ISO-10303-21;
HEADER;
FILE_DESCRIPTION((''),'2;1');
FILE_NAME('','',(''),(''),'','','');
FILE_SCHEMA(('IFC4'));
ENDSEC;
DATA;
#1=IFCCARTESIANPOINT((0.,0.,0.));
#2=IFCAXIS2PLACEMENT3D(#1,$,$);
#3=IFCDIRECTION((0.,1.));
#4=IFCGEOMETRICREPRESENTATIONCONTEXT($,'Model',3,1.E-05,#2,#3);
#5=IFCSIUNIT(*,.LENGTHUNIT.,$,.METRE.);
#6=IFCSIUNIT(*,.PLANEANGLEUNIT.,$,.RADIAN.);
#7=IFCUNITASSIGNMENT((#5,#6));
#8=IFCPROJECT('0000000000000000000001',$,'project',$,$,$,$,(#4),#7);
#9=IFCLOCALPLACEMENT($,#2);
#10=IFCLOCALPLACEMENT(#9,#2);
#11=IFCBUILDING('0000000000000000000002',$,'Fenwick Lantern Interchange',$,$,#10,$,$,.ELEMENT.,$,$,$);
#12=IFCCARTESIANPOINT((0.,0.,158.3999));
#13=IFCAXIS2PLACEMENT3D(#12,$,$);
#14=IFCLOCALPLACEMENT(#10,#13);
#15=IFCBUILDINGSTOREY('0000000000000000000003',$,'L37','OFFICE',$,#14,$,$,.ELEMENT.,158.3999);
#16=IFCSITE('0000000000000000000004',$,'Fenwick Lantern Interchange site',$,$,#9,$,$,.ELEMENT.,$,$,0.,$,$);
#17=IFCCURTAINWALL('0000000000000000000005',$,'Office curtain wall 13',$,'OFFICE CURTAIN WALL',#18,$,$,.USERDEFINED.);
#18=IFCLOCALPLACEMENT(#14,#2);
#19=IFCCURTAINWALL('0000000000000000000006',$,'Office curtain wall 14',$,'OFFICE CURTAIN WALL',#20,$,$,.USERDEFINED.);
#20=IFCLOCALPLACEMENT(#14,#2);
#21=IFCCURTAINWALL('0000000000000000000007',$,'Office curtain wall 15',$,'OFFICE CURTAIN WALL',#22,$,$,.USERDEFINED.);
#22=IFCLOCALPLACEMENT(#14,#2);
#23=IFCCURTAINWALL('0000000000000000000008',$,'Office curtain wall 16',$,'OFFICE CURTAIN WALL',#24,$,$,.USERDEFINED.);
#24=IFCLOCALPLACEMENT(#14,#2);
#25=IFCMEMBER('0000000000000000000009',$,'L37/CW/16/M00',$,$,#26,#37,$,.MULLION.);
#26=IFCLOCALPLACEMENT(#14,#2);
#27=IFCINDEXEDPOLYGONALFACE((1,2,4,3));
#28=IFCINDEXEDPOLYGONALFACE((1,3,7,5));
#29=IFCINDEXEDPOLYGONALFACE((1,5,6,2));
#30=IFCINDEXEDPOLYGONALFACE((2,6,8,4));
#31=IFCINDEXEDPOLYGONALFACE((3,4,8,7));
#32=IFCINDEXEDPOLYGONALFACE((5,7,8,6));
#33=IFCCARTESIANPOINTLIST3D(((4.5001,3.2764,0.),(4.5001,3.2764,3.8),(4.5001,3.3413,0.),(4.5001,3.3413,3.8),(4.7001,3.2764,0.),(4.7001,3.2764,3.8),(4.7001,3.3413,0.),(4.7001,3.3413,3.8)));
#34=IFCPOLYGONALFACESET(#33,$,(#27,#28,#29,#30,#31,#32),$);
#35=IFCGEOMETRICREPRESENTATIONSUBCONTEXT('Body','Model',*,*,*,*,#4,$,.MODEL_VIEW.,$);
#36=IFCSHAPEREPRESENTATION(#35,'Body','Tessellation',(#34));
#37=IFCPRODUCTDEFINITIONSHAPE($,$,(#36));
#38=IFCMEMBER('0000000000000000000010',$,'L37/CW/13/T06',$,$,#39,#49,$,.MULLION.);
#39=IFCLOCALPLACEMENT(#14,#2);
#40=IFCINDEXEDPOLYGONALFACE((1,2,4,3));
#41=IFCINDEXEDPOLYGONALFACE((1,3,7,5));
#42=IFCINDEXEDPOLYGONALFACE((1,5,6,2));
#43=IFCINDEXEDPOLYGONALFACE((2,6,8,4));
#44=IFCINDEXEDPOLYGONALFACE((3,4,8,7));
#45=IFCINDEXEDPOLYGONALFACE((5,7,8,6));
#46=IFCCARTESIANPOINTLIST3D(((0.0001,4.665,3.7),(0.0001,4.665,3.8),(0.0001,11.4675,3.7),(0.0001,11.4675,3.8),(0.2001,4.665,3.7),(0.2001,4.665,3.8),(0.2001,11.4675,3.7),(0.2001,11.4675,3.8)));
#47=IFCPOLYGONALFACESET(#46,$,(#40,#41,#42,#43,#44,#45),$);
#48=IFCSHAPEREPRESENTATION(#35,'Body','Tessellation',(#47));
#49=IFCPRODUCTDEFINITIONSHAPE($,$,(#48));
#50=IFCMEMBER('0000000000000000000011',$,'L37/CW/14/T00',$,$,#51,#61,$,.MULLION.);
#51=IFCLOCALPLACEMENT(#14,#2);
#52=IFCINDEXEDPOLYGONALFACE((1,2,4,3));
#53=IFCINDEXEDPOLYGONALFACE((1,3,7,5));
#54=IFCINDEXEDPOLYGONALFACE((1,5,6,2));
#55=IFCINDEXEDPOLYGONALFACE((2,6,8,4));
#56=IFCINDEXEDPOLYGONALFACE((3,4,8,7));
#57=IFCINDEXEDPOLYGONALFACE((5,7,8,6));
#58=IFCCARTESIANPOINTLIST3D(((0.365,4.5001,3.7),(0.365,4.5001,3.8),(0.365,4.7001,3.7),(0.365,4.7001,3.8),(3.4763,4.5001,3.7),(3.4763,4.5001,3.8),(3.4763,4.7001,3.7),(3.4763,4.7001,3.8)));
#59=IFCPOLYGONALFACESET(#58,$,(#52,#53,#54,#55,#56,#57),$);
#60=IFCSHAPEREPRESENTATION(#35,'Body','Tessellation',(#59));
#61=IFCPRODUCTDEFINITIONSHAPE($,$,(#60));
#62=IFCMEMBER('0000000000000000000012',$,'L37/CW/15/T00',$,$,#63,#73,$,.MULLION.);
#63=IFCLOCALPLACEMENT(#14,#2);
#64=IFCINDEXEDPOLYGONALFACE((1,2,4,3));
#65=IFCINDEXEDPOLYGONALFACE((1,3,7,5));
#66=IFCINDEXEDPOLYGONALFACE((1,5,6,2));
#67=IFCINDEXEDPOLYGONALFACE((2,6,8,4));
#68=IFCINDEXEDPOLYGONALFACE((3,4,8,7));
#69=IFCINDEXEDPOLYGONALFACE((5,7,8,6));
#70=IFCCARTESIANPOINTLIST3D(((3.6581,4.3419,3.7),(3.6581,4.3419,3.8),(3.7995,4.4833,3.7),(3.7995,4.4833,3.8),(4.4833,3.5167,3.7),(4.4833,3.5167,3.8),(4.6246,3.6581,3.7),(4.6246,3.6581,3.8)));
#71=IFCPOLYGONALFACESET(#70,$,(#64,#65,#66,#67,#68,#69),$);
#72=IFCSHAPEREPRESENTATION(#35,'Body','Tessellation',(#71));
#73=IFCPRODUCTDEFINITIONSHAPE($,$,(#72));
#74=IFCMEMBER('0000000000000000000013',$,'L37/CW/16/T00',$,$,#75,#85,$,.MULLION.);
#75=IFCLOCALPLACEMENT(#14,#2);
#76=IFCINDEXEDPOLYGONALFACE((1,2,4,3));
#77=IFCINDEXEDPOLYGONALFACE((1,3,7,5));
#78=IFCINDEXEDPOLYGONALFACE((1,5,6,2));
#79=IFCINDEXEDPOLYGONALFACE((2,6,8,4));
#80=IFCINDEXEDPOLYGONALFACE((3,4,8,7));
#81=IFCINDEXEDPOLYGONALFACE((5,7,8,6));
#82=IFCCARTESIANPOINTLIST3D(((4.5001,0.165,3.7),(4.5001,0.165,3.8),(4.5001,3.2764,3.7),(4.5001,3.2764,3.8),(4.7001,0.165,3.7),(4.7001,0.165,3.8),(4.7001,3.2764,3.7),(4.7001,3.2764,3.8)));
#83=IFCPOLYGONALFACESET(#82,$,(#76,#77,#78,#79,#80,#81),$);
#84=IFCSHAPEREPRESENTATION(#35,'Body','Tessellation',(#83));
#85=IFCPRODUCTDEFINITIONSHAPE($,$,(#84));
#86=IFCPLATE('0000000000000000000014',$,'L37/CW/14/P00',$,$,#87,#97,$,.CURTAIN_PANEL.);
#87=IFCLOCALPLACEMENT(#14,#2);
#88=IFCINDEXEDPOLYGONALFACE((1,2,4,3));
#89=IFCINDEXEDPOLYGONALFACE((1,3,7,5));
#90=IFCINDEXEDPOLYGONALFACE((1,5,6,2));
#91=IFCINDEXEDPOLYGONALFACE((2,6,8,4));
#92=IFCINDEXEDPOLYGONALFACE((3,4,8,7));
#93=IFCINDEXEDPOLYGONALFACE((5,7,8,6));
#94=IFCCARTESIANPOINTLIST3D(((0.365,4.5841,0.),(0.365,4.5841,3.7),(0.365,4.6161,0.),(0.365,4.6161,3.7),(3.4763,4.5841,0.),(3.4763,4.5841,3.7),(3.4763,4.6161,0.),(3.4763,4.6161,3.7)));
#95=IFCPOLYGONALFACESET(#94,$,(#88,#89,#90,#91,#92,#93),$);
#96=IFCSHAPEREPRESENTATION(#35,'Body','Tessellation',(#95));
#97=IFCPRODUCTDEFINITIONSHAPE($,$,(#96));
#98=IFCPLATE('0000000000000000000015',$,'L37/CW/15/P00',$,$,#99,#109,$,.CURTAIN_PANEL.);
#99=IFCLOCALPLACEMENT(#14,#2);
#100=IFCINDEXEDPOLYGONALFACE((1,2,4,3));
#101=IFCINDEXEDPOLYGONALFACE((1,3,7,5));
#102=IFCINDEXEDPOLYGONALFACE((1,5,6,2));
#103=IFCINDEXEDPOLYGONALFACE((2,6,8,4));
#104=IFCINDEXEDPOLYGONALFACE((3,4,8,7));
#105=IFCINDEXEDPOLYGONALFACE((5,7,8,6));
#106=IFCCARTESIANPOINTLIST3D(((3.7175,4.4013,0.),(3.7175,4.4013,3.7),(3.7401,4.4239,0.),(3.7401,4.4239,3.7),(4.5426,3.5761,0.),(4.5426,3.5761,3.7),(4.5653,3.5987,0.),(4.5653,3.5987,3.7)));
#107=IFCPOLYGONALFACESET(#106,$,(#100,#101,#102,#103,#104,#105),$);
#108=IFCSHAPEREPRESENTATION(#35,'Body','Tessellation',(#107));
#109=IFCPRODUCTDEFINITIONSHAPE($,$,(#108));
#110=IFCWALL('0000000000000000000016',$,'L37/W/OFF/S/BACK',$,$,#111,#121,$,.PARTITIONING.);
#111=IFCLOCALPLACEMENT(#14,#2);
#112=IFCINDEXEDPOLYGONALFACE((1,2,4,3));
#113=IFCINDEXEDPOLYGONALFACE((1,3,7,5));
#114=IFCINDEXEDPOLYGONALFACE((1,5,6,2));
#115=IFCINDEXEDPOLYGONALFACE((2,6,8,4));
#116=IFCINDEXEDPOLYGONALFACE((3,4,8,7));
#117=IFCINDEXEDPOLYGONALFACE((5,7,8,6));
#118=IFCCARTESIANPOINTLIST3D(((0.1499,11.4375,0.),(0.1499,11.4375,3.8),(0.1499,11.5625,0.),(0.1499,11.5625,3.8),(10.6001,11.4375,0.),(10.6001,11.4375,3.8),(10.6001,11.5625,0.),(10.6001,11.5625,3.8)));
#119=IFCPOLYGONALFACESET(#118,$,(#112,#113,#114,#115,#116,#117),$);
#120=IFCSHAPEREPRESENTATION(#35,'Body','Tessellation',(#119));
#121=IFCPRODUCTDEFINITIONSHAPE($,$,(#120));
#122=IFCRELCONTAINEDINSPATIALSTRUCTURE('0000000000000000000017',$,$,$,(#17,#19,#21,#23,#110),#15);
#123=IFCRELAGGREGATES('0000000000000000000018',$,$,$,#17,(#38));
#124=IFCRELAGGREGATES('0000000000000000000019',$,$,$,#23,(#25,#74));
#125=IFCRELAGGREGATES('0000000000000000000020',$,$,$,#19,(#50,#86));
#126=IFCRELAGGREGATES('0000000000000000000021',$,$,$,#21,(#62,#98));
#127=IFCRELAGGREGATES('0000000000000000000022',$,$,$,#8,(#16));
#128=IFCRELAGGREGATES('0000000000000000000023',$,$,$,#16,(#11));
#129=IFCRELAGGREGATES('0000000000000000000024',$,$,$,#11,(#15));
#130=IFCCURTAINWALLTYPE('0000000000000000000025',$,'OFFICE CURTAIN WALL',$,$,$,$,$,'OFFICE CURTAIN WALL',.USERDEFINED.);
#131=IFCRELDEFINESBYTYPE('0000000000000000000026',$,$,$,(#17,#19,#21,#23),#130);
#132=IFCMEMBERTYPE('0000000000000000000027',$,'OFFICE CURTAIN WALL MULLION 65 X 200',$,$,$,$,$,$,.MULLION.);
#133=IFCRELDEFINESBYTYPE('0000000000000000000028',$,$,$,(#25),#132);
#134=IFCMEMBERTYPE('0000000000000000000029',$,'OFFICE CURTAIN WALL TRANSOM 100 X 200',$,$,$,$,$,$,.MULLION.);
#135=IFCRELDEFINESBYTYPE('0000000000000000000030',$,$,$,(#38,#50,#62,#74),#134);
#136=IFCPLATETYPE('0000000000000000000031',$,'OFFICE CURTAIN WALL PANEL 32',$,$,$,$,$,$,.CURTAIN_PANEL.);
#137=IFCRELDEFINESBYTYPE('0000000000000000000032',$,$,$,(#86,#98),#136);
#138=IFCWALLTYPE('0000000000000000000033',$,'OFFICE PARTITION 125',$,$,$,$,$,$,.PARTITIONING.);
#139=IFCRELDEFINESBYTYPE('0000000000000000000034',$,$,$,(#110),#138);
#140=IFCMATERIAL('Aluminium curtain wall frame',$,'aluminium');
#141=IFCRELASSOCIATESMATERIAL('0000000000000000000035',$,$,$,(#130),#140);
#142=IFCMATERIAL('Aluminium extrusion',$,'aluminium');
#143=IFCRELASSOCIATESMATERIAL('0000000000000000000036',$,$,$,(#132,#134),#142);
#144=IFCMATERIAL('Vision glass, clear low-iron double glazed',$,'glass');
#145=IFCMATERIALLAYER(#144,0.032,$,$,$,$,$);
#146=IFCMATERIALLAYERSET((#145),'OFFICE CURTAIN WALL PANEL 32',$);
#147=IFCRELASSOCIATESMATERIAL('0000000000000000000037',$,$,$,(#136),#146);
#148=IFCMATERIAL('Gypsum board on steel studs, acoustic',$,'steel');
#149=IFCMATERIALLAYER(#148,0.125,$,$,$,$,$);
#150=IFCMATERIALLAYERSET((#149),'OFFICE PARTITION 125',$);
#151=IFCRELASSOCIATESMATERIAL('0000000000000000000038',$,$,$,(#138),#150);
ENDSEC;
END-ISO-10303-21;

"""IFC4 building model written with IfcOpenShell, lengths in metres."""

from ifc_helpers import new_model, si_unit, direction, frame, frame_2d, origin, origin_2d, place, context, subcontext, project, spatial, rectangle, extrude, material, layer, layer_set, material_profile, profile_set, type_object, element, aggregate, save


model = new_model("IFC4")

# Units and contexts
model_context = context("Model", 3, precision=1e-05, world=origin(), true_north=direction((0.0, 1.0)))
body_context = subcontext(model_context, "Body", "Model", "MODEL_VIEW")
ifc_project = project(units=[si_unit("LENGTHUNIT", "METRE"), si_unit("PLANEANGLEUNIT", "RADIAN")], contexts=[model_context])

# Site, building, storey
site_placement = place(None, origin())
site = spatial("IfcSite", under=ifc_project, at=site_placement, Name="Fenwick Lantern Interchange site", CompositionType="ELEMENT", RefElevation=0.0)
building_placement = place(site_placement, origin())
building = spatial("IfcBuilding", under=site, at=building_placement, Name="Fenwick Lantern Interchange", CompositionType="ELEMENT")
storey_placement = place(building_placement, frame((0.0, 0.0, 158.3999)))
storey = spatial("IfcBuildingStorey", under=building, at=storey_placement, Name="L37", Description="OFFICE", CompositionType="ELEMENT", Elevation=158.3999)

# Curtain walls
ifc_material_1 = material(Name="Aluminium curtain wall frame", Category="aluminium")
curtain_wall_type = type_object("IfcCurtainWallType", Name="OFFICE CURTAIN WALL", ElementType="OFFICE CURTAIN WALL", PredefinedType="USERDEFINED", material=ifc_material_1)
curtain_wall_1_placement = place(storey_placement, origin())
curtain_wall_1 = element("IfcCurtainWall", 1, at=curtain_wall_1_placement, inside=storey, type_object=curtain_wall_type, Name="Office curtain wall 13", ObjectType="OFFICE CURTAIN WALL", PredefinedType="USERDEFINED")
ifc_material_2 = material(Name="Aluminium extrusion", Category="aluminium")
ifc_material_profile_1 = material_profile(ifc_material_2, rectangle(XDim=0.2, YDim=0.0649, at=origin_2d()), Name="OFFICE CURTAIN WALL MULLION 65 X 200")
ifc_profile_set_1 = profile_set([ifc_material_profile_1], Name="Aluminium extrusion")
member_type_1 = type_object("IfcMemberType", Name="OFFICE CURTAIN WALL MULLION 65 X 200", PredefinedType="MULLION", material=ifc_profile_set_1)
curtain_wall_2_placement = place(storey_placement, origin())
curtain_wall_2 = element("IfcCurtainWall", 2, at=curtain_wall_2_placement, inside=storey, type_object=curtain_wall_type, Name="Office curtain wall 14", ObjectType="OFFICE CURTAIN WALL", PredefinedType="USERDEFINED")
curtain_wall_3_placement = place(storey_placement, origin())
curtain_wall_3 = element("IfcCurtainWall", 3, at=curtain_wall_3_placement, inside=storey, type_object=curtain_wall_type, Name="Office curtain wall 15", ObjectType="OFFICE CURTAIN WALL", PredefinedType="USERDEFINED")

# Curtain wall, member
curtain_wall_4_placement = place(storey_placement, origin())
curtain_wall_4 = element("IfcCurtainWall", 4, at=curtain_wall_4_placement, inside=storey, type_object=curtain_wall_type, Name="Office curtain wall 16", ObjectType="OFFICE CURTAIN WALL", PredefinedType="USERDEFINED")
member_1_placement = place(storey_placement, frame((4.6001, 3.3088, 0.0), z_axis=(0.0, 0.0, 1.0), x_axis=(1.0, 0.0, 0.0)))
member_1 = element("IfcMember", 5, at=member_1_placement, type_object=member_type_1, Name="L37/CW/16/M00", PredefinedType="MULLION", context=body_context, shape_type="SweptSolid", body=[
    extrude(rectangle(XDim=0.2, YDim=0.0649, at=origin_2d()), origin(), (0.0, 0.0, 1.0), 3.8),
])

# Members
ifc_material_profile_2 = material_profile(ifc_material_2, rectangle(XDim=0.2, YDim=0.1001, at=origin_2d()), Name="OFFICE CURTAIN WALL TRANSOM 100 X 200")
ifc_profile_set_2 = profile_set([ifc_material_profile_2], Name="Aluminium extrusion")
member_type_2 = type_object("IfcMemberType", Name="OFFICE CURTAIN WALL TRANSOM 100 X 200", PredefinedType="MULLION", material=ifc_profile_set_2)
member_2_placement = place(storey_placement, frame((0.1001, 11.4675, 3.75), z_axis=(0.0, -1.0, 0.0), x_axis=(1.0, 0.0, 0.0)))
member_2 = element("IfcMember", 6, at=member_2_placement, type_object=member_type_2, Name="L37/CW/13/T06", PredefinedType="MULLION", context=body_context, shape_type="SweptSolid", body=[
    extrude(rectangle(XDim=0.2, YDim=0.1001, at=origin_2d()), origin(), (0.0, 0.0, 1.0), 6.8025),
])
aggregate(curtain_wall_1, [member_2])
member_3_placement = place(storey_placement, frame((0.365, 4.6001, 3.75), z_axis=(1.0, 0.0, 0.0), x_axis=(0.0, 1.0, 0.0)))
member_3 = element("IfcMember", 7, at=member_3_placement, type_object=member_type_2, Name="L37/CW/14/T00", PredefinedType="MULLION", context=body_context, shape_type="SweptSolid", body=[
    extrude(rectangle(XDim=0.2, YDim=0.1001, at=origin_2d()), origin(), (0.0, 0.0, 1.0), 3.1113),
])
member_4_placement = place(storey_placement, frame((3.7288, 4.4126, 3.75), z_axis=(0.707107, -0.707107, 0.0), x_axis=(0.707107, 0.707107, 0.0)))
member_4 = element("IfcMember", 8, at=member_4_placement, type_object=member_type_2, Name="L37/CW/15/T00", PredefinedType="MULLION", context=body_context, shape_type="SweptSolid", body=[
    extrude(rectangle(XDim=0.2, YDim=0.1001, at=origin_2d()), origin(), (0.0, 0.0, 1.0), 1.167),
])
member_5_placement = place(storey_placement, frame((4.6001, 3.2764, 3.75), z_axis=(0.0, -1.0, 0.0), x_axis=(1.0, 0.0, 0.0)))
member_5 = element("IfcMember", 9, at=member_5_placement, type_object=member_type_2, Name="L37/CW/16/T00", PredefinedType="MULLION", context=body_context, shape_type="SweptSolid", body=[
    extrude(rectangle(XDim=0.2, YDim=0.1001, at=origin_2d()), origin(), (0.0, 0.0, 1.0), 3.1113),
])
aggregate(curtain_wall_4, [member_1, member_5])

# Plates
ifc_material_3 = material(Name="Vision glass, clear low-iron double glazed", Category="glass")
ifc_layer_1 = layer(ifc_material_3, 0.032)
ifc_layer_set_1 = layer_set([ifc_layer_1], Name="OFFICE CURTAIN WALL PANEL 32")
plate_type = type_object("IfcPlateType", Name="OFFICE CURTAIN WALL PANEL 32", PredefinedType="CURTAIN_PANEL", material=ifc_layer_set_1)
plate_1_placement = place(storey_placement, frame((1.9207, 4.6001, 0.0), z_axis=(0.0, 0.0, 1.0), x_axis=(1.0, 0.0, 0.0)))
plate_1 = element("IfcPlate", 10, at=plate_1_placement, type_object=plate_type, Name="L37/CW/14/P00", PredefinedType="CURTAIN_PANEL", context=body_context, shape_type="SweptSolid", body=[
    extrude(rectangle(XDim=3.1113, YDim=0.032, at=origin_2d()), origin(), (0.0, 0.0, 1.0), 3.7),
])
aggregate(curtain_wall_2, [member_3, plate_1])
plate_2_placement = place(storey_placement, frame((4.1414, 4.0, 0.0), z_axis=(0.0, 0.0, 1.0), x_axis=(0.707107, -0.707107, 0.0)))
plate_2 = element("IfcPlate", 11, at=plate_2_placement, type_object=plate_type, Name="L37/CW/15/P00", PredefinedType="CURTAIN_PANEL", context=body_context, shape_type="SweptSolid", body=[
    extrude(rectangle(XDim=1.167, YDim=0.032, at=origin_2d()), origin(), (0.0, 0.0, 1.0), 3.7),
])
aggregate(curtain_wall_3, [member_4, plate_2])

# Wall
ifc_material_4 = material(Name="Gypsum board on steel studs, acoustic", Category="steel")
ifc_layer_2 = layer(ifc_material_4, 0.125)
ifc_layer_set_2 = layer_set([ifc_layer_2], Name="OFFICE PARTITION 125")
wall_type = type_object("IfcWallType", Name="OFFICE PARTITION 125", PredefinedType="PARTITIONING", material=ifc_layer_set_2)
wall_placement = place(storey_placement, frame((0.1499, 11.5, 0.0), z_axis=(0.0, 0.0, 1.0), x_axis=(1.0, 0.0, 0.0)))
element("IfcWall", 12, at=wall_placement, inside=storey, type_object=wall_type, Name="L37/W/OFF/S/BACK", PredefinedType="PARTITIONING", context=body_context, shape_type="SweptSolid", body=[
    extrude(rectangle(XDim=10.4502, YDim=0.125, at=frame_2d((5.2251, 0.0))), origin(), (0.0, 0.0, 1.0), 3.8),
])

save(model, "model.ifc")
